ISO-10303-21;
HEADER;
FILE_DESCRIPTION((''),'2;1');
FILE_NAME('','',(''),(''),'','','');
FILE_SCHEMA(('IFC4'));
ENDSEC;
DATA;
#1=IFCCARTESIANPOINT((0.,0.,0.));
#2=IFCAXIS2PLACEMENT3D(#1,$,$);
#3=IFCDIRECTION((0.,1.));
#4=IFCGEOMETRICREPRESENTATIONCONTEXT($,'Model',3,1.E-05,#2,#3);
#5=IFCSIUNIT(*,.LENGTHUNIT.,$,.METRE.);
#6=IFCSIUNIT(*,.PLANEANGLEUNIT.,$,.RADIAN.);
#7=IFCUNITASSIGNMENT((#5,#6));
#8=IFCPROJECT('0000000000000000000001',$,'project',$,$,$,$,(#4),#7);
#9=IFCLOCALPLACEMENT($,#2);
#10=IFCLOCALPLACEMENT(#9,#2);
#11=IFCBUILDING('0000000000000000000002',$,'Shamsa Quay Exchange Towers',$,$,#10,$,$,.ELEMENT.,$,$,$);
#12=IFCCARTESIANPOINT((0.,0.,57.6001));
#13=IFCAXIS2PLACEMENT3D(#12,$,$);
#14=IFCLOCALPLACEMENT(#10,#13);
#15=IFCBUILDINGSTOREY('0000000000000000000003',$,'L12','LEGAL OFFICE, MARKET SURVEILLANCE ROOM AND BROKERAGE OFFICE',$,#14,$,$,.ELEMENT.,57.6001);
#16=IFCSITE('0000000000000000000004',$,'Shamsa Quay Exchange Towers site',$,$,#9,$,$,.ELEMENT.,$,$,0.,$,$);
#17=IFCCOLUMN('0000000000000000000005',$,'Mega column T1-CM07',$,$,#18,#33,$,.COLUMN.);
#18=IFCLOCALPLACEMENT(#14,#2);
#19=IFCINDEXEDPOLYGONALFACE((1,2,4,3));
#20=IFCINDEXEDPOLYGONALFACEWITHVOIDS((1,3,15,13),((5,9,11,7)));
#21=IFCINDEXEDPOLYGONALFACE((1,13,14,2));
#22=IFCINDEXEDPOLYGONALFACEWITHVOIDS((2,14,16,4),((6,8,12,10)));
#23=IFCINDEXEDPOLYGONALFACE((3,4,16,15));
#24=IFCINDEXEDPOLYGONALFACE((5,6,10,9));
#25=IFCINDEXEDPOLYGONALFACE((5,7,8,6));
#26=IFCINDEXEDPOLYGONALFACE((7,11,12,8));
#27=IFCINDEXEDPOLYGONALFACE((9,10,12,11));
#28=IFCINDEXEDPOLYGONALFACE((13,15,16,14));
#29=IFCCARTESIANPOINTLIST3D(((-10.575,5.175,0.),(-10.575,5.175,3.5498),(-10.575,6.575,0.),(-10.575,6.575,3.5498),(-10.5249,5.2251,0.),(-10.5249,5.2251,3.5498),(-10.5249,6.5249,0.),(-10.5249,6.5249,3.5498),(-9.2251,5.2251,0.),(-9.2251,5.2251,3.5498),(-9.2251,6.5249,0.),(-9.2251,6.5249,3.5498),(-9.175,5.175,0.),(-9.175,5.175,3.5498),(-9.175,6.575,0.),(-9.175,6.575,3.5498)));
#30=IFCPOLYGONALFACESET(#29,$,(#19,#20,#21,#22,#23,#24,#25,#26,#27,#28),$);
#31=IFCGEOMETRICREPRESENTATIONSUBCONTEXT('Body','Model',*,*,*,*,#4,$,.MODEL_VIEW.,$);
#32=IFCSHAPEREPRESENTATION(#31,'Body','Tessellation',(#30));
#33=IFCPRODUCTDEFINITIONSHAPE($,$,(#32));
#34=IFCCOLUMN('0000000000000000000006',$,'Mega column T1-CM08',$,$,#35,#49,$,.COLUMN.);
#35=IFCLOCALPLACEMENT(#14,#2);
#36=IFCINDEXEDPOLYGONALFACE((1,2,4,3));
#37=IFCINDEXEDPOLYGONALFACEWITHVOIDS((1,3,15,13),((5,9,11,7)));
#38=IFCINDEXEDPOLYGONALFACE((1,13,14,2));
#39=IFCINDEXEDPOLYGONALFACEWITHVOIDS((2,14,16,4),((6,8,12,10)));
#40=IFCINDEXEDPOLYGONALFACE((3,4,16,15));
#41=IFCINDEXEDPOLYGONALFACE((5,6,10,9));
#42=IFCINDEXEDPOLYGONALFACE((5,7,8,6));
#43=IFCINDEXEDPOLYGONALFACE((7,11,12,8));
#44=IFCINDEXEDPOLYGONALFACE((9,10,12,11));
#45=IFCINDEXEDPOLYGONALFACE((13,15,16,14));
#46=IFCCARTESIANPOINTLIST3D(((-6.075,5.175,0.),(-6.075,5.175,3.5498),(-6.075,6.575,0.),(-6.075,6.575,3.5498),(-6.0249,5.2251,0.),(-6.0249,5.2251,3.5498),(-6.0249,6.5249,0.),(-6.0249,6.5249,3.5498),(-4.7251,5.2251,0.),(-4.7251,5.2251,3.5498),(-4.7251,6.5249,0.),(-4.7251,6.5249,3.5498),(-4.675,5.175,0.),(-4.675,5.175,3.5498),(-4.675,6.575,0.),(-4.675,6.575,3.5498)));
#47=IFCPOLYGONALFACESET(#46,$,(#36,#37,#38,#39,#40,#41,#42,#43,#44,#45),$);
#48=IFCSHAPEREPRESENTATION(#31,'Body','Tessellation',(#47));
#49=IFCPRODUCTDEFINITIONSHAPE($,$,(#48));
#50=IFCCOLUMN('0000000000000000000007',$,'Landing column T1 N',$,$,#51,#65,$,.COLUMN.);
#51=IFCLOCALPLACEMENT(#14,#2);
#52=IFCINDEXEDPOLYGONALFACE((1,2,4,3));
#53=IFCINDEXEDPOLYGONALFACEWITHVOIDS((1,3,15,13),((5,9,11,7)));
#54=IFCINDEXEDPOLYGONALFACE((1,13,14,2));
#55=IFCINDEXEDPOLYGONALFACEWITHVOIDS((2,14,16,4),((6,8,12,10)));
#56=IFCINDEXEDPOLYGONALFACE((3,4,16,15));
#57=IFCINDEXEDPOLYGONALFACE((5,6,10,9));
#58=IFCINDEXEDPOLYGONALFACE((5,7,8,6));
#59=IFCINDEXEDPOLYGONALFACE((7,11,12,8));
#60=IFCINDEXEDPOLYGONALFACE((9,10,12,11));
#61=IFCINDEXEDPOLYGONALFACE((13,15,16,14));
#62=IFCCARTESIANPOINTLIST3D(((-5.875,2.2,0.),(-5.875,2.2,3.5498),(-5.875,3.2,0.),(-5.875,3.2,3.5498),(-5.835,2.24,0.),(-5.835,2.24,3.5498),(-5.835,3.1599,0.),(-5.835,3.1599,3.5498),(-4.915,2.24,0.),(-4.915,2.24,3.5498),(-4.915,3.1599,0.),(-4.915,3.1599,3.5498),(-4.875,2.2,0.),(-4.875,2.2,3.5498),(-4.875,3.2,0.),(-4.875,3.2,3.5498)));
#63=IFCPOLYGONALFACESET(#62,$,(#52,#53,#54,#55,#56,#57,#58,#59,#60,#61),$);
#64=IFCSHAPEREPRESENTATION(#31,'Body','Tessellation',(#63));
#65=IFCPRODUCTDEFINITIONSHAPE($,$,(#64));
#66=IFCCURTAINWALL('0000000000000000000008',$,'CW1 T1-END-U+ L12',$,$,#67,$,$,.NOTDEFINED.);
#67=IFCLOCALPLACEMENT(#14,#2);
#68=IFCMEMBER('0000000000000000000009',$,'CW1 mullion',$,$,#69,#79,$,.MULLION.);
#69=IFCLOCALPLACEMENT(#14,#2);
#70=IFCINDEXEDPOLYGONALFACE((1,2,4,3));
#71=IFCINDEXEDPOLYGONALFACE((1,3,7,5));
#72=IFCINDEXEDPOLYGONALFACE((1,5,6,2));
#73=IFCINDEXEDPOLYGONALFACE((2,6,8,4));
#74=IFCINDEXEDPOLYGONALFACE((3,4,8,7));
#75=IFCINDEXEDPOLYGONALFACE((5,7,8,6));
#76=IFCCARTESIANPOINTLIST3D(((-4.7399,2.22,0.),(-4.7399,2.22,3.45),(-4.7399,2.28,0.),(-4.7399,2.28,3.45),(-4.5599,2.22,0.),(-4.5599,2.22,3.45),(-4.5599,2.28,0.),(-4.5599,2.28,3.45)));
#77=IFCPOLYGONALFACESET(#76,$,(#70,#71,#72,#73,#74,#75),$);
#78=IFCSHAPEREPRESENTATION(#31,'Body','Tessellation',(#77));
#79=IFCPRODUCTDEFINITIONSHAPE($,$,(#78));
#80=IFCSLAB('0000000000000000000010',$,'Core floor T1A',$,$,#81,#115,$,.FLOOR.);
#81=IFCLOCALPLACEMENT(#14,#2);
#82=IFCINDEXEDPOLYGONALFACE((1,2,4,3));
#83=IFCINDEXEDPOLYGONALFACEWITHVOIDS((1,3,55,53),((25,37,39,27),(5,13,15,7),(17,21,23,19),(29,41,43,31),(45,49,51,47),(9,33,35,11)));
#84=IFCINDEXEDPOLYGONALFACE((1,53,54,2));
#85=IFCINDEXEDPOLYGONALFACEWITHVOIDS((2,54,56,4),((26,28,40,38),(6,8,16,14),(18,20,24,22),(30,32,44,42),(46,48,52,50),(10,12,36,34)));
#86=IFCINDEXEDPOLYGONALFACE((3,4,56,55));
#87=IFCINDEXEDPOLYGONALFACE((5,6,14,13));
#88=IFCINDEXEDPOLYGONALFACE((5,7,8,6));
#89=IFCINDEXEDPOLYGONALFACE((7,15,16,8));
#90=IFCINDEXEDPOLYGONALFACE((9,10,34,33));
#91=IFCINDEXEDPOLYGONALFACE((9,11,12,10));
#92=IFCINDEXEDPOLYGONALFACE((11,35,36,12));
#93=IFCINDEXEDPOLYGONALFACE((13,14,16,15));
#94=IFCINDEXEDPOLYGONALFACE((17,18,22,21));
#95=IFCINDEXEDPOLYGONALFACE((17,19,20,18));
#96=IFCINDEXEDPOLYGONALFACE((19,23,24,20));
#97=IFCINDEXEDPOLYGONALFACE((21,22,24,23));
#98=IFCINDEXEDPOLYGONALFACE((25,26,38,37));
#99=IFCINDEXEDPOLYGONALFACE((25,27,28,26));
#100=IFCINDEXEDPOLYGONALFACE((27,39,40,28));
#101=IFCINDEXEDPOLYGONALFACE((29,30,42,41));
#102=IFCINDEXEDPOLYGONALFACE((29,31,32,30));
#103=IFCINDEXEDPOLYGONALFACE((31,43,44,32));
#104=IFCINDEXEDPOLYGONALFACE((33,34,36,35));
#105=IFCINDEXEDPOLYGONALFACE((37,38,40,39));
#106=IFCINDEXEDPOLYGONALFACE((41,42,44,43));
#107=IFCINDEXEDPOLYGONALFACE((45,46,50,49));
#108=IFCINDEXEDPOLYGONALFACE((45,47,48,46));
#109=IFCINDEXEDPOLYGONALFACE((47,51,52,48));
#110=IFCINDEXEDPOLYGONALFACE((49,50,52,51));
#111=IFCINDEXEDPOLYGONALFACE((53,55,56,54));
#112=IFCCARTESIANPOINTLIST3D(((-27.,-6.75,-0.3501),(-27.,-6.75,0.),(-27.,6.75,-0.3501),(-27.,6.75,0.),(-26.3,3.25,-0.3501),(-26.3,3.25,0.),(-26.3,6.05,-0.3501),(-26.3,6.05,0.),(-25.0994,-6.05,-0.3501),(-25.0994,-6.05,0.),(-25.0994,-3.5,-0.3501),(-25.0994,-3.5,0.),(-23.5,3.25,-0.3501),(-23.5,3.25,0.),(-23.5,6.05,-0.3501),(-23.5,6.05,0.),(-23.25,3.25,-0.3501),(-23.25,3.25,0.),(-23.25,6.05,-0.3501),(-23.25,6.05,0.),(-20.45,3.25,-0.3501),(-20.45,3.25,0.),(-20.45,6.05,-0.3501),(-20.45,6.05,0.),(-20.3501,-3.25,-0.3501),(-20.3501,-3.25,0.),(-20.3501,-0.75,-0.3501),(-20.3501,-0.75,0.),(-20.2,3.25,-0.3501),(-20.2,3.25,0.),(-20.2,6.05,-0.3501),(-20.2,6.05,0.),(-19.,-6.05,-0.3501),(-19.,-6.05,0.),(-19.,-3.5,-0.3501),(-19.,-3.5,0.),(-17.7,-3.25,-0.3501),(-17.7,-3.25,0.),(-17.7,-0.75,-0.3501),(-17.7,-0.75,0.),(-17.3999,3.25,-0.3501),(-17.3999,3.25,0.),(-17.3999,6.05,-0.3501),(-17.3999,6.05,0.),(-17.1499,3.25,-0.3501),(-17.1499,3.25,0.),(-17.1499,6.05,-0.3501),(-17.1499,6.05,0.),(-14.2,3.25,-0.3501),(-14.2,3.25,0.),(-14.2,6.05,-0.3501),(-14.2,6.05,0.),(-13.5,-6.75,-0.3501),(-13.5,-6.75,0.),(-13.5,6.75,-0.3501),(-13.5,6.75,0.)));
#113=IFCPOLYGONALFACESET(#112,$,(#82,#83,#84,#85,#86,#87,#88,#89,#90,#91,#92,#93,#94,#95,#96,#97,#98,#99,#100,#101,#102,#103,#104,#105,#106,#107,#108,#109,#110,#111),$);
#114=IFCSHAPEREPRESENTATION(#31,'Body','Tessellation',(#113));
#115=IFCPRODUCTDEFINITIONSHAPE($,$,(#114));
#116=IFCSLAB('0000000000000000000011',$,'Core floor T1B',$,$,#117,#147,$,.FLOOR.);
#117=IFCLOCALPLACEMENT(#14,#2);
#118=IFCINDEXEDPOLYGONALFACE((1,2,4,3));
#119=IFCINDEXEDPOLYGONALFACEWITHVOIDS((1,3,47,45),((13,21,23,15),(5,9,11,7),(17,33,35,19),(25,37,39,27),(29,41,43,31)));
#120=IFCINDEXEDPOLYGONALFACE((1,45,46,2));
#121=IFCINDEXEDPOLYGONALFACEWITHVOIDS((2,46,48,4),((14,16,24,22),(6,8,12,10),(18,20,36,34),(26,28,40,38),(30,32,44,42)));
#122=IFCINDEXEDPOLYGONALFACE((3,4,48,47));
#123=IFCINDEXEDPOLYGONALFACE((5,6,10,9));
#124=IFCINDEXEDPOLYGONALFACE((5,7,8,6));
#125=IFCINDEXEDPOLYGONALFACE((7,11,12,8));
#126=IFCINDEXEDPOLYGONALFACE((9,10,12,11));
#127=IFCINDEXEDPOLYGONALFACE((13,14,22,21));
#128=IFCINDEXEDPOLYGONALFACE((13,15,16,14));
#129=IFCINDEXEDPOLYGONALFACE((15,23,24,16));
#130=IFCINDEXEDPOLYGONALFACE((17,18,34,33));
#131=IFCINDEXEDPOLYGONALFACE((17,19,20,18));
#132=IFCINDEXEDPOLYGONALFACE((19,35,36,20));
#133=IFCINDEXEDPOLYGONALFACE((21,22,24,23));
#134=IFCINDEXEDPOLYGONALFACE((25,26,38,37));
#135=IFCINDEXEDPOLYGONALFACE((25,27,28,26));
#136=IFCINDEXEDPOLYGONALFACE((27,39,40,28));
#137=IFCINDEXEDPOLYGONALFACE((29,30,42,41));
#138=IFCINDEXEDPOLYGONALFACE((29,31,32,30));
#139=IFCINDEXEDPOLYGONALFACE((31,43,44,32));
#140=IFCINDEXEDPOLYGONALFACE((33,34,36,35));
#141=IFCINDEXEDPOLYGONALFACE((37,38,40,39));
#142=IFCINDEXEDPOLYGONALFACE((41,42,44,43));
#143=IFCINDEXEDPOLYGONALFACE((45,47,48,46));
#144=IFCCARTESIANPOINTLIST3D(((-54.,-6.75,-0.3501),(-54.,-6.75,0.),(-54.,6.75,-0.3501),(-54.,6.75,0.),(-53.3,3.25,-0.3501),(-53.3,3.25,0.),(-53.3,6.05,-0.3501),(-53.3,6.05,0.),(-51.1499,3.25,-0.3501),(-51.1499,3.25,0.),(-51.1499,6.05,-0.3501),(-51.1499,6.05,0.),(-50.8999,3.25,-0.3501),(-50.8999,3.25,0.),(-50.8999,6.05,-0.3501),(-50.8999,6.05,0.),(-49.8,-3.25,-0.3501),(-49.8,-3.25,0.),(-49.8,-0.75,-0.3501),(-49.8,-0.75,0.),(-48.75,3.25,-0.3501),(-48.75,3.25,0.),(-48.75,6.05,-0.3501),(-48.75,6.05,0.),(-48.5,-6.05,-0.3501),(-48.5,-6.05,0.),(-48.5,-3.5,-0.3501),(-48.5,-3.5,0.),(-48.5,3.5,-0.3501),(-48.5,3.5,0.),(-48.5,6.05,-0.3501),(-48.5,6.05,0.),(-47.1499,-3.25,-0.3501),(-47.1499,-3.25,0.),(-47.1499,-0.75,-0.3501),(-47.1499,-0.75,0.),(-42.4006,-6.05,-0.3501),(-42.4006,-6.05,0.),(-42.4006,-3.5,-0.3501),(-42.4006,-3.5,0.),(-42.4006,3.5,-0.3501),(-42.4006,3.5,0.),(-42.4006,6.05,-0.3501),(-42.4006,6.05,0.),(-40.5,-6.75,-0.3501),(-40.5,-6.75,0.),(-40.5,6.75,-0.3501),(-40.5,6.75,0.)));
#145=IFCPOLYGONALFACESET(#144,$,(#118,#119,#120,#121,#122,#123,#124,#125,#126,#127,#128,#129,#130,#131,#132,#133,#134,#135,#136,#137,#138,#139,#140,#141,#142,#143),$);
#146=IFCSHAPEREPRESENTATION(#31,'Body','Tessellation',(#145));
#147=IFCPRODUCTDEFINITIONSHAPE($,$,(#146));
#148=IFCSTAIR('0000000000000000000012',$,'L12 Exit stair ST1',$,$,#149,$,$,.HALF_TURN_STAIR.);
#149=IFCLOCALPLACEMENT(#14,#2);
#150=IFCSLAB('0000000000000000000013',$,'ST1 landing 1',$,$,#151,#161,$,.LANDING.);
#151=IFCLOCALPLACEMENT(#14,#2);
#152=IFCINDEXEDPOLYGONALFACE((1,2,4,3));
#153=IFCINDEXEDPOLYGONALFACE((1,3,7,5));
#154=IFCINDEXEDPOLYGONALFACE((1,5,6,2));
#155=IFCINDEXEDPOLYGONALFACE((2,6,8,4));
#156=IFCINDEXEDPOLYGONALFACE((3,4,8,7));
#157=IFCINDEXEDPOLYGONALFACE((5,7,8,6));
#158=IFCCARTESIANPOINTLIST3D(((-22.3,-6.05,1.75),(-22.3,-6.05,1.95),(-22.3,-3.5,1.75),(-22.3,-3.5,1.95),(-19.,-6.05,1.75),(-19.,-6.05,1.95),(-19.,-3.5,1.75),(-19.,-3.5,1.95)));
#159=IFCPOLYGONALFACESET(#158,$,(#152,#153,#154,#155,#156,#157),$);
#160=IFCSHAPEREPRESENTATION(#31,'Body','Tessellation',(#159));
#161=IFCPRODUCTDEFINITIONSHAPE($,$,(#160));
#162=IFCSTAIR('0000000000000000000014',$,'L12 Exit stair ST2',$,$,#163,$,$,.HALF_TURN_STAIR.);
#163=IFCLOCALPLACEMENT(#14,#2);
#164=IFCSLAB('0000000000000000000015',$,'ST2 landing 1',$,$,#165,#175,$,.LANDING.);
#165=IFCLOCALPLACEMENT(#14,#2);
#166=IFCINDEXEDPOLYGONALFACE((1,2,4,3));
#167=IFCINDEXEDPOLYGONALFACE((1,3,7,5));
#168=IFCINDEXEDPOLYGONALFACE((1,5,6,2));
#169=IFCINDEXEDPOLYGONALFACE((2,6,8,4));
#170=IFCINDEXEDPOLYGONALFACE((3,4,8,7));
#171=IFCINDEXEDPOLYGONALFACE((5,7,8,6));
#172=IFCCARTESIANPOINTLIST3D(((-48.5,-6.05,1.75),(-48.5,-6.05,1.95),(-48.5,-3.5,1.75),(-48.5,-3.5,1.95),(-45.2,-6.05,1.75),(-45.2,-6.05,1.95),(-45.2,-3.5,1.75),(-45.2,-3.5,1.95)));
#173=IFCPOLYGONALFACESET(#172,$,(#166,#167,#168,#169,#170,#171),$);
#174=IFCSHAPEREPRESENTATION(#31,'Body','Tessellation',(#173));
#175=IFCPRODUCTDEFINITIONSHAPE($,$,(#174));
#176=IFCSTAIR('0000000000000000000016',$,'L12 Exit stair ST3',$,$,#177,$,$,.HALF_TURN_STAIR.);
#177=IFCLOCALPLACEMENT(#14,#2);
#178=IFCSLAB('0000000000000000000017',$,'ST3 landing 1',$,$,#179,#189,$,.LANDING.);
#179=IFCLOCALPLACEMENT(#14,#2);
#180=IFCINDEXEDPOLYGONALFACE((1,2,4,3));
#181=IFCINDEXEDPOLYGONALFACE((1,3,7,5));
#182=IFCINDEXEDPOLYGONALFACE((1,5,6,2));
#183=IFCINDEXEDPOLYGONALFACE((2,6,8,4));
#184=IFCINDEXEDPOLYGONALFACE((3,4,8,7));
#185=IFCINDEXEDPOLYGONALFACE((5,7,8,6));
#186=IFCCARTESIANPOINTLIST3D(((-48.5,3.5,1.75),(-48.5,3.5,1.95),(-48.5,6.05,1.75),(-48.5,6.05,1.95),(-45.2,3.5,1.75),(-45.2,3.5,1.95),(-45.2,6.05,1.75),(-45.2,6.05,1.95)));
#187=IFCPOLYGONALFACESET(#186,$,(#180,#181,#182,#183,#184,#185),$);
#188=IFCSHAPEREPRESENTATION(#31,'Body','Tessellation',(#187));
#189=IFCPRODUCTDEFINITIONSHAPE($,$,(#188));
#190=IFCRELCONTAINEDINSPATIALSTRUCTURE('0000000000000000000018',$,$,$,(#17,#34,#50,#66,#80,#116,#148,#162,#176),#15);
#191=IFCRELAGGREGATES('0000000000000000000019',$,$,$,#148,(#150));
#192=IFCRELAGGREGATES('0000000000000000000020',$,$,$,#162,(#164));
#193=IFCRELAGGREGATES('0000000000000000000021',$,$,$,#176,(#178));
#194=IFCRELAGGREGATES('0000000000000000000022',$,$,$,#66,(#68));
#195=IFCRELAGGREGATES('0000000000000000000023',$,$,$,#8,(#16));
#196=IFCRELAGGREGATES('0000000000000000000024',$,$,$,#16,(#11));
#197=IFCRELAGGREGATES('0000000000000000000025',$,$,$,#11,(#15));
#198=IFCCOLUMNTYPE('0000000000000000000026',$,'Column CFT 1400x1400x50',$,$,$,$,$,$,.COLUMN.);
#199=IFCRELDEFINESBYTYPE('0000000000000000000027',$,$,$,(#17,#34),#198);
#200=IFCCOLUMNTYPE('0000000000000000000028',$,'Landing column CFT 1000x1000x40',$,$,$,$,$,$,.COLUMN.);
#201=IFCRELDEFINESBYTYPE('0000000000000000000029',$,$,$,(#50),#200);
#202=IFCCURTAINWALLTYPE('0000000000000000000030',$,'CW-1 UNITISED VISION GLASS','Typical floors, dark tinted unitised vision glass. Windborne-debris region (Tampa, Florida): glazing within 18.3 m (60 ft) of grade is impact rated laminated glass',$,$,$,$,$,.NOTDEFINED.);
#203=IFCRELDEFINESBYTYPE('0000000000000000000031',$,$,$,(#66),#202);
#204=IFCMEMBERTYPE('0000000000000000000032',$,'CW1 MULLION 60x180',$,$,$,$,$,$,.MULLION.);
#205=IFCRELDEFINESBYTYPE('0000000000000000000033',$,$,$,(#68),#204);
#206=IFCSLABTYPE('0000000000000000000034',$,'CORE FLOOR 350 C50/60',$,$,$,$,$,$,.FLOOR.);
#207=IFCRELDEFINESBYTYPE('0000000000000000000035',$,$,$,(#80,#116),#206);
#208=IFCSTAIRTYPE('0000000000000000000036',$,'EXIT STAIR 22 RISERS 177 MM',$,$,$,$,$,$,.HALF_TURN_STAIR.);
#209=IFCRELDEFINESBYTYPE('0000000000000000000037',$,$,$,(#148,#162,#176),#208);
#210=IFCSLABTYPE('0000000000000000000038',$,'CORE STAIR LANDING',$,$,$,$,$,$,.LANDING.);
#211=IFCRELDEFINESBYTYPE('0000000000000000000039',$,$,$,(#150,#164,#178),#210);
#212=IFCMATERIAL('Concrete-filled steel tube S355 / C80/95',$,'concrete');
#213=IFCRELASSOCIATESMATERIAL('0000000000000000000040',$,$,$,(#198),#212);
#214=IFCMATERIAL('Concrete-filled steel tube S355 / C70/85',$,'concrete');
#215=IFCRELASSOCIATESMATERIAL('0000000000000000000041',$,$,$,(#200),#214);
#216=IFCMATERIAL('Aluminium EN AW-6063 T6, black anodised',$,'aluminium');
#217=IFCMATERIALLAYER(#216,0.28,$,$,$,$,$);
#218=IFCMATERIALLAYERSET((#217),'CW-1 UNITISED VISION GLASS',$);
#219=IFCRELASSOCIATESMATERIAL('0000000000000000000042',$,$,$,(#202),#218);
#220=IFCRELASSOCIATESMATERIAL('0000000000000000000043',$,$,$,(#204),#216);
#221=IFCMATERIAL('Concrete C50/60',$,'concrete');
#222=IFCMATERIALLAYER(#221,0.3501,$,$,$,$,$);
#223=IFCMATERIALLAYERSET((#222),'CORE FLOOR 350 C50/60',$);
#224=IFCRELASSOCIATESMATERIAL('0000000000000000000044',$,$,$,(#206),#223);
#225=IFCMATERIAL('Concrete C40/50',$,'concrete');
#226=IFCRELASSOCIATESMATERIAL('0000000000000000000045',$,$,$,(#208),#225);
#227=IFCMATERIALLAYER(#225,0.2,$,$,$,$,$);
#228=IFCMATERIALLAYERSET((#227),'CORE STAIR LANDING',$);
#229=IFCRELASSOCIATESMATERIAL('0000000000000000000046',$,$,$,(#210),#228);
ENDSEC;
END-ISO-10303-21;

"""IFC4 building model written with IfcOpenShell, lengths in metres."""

from ifc_helpers import new_model, si_unit, direction, frame, origin, origin_2d, place, context, subcontext, project, spatial, polyline, rectangle, hollow_rectangle, outline, extrude, material, layer, layer_set, material_profile, profile_set, type_object, element, aggregate, save


model = new_model("IFC4")

# Units and contexts
model_context = context("Model", 3, precision=1e-05, world=origin(), true_north=direction((0.0, 1.0)))
body_context = subcontext(model_context, "Body", "Model", "MODEL_VIEW")
ifc_project = project(units=[si_unit("LENGTHUNIT", "METRE"), si_unit("PLANEANGLEUNIT", "RADIAN")], contexts=[model_context])

# Site, building, storey
site_placement = place(None, origin())
site = spatial("IfcSite", under=ifc_project, at=site_placement, Name="Shamsa Quay Exchange Towers site", CompositionType="ELEMENT", RefElevation=0.0)
building_placement = place(site_placement, origin())
building = spatial("IfcBuilding", under=site, at=building_placement, Name="Shamsa Quay Exchange Towers", CompositionType="ELEMENT")
storey_placement = place(building_placement, frame((0.0, 0.0, 57.6001)))
storey = spatial("IfcBuildingStorey", under=building, at=storey_placement, Name="L12", Description="LEGAL OFFICE, MARKET SURVEILLANCE ROOM AND BROKERAGE OFFICE", CompositionType="ELEMENT", Elevation=57.6001)

# Columns
ifc_material_1 = material(Name="Concrete-filled steel tube S355 / C80/95", Category="concrete")
ifc_material_profile_1 = material_profile(ifc_material_1, hollow_rectangle(XDim=1.3999, YDim=1.3999, WallThickness=0.05, at=origin_2d()), Name="CFT 1400x1400x50")
ifc_profile_set_1 = profile_set([ifc_material_profile_1], Name="Concrete-filled steel tube S355 / C80/95")
column_type_1 = type_object("IfcColumnType", Name="Column CFT 1400x1400x50", PredefinedType="COLUMN", material=ifc_profile_set_1)
for number, where, name in (
    (1, (-9.875, 5.875, 0.0), "Mega column T1-CM07"),
    (2, (-5.375, 5.875, 0.0), "Mega column T1-CM08"),
):
    element("IfcColumn", number, at=place(storey_placement, frame(where)), inside=storey, type_object=column_type_1, Name=name, PredefinedType="COLUMN", context=body_context, shape_type="SweptSolid", body=[
        extrude(hollow_rectangle(XDim=1.3999, YDim=1.3999, WallThickness=0.05, at=origin_2d()), origin(), (0.0, 0.0, 1.0), 3.5498),
    ])
ifc_material_2 = material(Name="Concrete-filled steel tube S355 / C70/85", Category="concrete")
ifc_material_profile_2 = material_profile(ifc_material_2, hollow_rectangle(XDim=1.0, YDim=1.0, WallThickness=0.04, at=origin_2d()), Name="CFT 1000x1000x40")
ifc_profile_set_2 = profile_set([ifc_material_profile_2], Name="Concrete-filled steel tube S355 / C70/85")
column_type_2 = type_object("IfcColumnType", Name="Landing column CFT 1000x1000x40", PredefinedType="COLUMN", material=ifc_profile_set_2)
column_placement = place(storey_placement, frame((-5.375, 2.7, 0.0)))
element("IfcColumn", 3, at=column_placement, inside=storey, type_object=column_type_2, Name="Landing column T1 N", PredefinedType="COLUMN", context=body_context, shape_type="SweptSolid", body=[
    extrude(hollow_rectangle(XDim=1.0, YDim=1.0, WallThickness=0.04, at=origin_2d()), origin(), (0.0, 0.0, 1.0), 3.5498),
])

# Curtain wall, member
ifc_material_3 = material(Name="Aluminium EN AW-6063 T6, black anodised", Category="aluminium")
ifc_layer_1 = layer(ifc_material_3, 0.28)
ifc_layer_set_1 = layer_set([ifc_layer_1], Name="CW-1 UNITISED VISION GLASS")
curtain_wall_type_1 = type_object("IfcCurtainWallType", Name="CW-1 UNITISED VISION GLASS", Description="Typical floors, dark tinted unitised vision glass. Windborne-debris region (Tampa, Florida): glazing within 18.3 m (60 ft) of grade is impact rated laminated glass", PredefinedType="NOTDEFINED", material=ifc_layer_set_1)
curtain_wall_1_placement = place(storey_placement, origin())
curtain_wall_1 = element("IfcCurtainWall", 4, at=curtain_wall_1_placement, inside=storey, type_object=curtain_wall_type_1, Name="CW1 T1-END-U+ L12", PredefinedType="NOTDEFINED")
ifc_material_profile_3 = material_profile(ifc_material_3, rectangle(XDim=0.1799, YDim=0.0601, at=origin_2d()), Name="MU60x180")
ifc_profile_set_3 = profile_set([ifc_material_profile_3], Name="Aluminium EN AW-6063 T6, black anodised")
member_type = type_object("IfcMemberType", Name="CW1 MULLION 60x180", PredefinedType="MULLION", material=ifc_profile_set_3)
member_placement = place(storey_placement, frame((-4.6499, 2.25, 0.0), z_axis=(0.0, 0.0, 1.0), x_axis=(-1.0, 0.0, 0.0)))
member = element("IfcMember", 5, at=member_placement, type_object=member_type, Name="CW1 mullion", PredefinedType="MULLION", context=body_context, shape_type="SweptSolid", body=[
    extrude(rectangle(XDim=0.1799, YDim=0.0601, at=origin_2d()), origin(), (0.0, 0.0, 1.0), 3.45),
])

# Slabs
ifc_material_4 = material(Name="Concrete C50/60", Category="concrete")
ifc_layer_2 = layer(ifc_material_4, 0.3501)
ifc_layer_set_2 = layer_set([ifc_layer_2], Name="CORE FLOOR 350 C50/60")
slab_type_1 = type_object("IfcSlabType", Name="CORE FLOOR 350 C50/60", PredefinedType="FLOOR", material=ifc_layer_set_2)
slab_1_placement = place(storey_placement, frame((0.0, 0.0, -0.3501)))
element("IfcSlab", 6, at=slab_1_placement, inside=storey, type_object=slab_type_1, Name="Core floor T1A", PredefinedType="FLOOR", context=body_context, shape_type="SweptSolid", body=[
    extrude(outline(polyline([(-27.0, -6.75), (-13.5, -6.75), (-13.5, 6.75), (-27.0, 6.75), (-27.0, -6.75)]), holes=[polyline([(-25.0994, -6.05), (-25.0994, -3.5), (-19.0, -3.5), (-19.0, -6.05), (-25.0994, -6.05)]), polyline([(-26.3, 3.25), (-26.3, 6.05), (-23.5, 6.05), (-23.5, 3.25), (-26.3, 3.25)]), polyline([(-23.25, 3.25), (-23.25, 6.05), (-20.45, 6.05), (-20.45, 3.25), (-23.25, 3.25)]), polyline([(-20.2, 3.25), (-20.2, 6.05), (-17.3999, 6.05), (-17.3999, 3.25), (-20.2, 3.25)]), polyline([(-17.1499, 3.25), (-17.1499, 6.05), (-14.2, 6.05), (-14.2, 3.25), (-17.1499, 3.25)]), polyline([(-20.3501, -3.25), (-20.3501, -0.75), (-17.7, -0.75), (-17.7, -3.25), (-20.3501, -3.25)])]), origin(), (0.0, 0.0, 1.0), 0.3501),
])
slab_2_placement = place(storey_placement, frame((0.0, 0.0, -0.3501)))
element("IfcSlab", 7, at=slab_2_placement, inside=storey, type_object=slab_type_1, Name="Core floor T1B", PredefinedType="FLOOR", context=body_context, shape_type="SweptSolid", body=[
    extrude(outline(polyline([(-40.5, -6.75), (-40.5, 6.75), (-54.0, 6.75), (-54.0, -6.75), (-40.5, -6.75)]), holes=[polyline([(-42.4006, -3.5), (-42.4006, -6.05), (-48.5, -6.05), (-48.5, -3.5), (-42.4006, -3.5)]), polyline([(-42.4006, 6.05), (-42.4006, 3.5), (-48.5, 3.5), (-48.5, 6.05), (-42.4006, 6.05)]), polyline([(-48.75, 3.25), (-50.8999, 3.25), (-50.8999, 6.05), (-48.75, 6.05), (-48.75, 3.25)]), polyline([(-51.1499, 3.25), (-53.3, 3.25), (-53.3, 6.05), (-51.1499, 6.05), (-51.1499, 3.25)]), polyline([(-47.1499, -3.25), (-49.8, -3.25), (-49.8, -0.75), (-47.1499, -0.75), (-47.1499, -3.25)])]), origin(), (0.0, 0.0, 1.0), 0.3501),
])

# Stairs, slabs
ifc_material_5 = material(Name="Concrete C40/50", Category="concrete")
stair_type = type_object("IfcStairType", Name="EXIT STAIR 22 RISERS 177 MM", PredefinedType="HALF_TURN_STAIR", material=ifc_material_5)
stair_1_placement = place(storey_placement, origin())
stair_1 = element("IfcStair", 8, at=stair_1_placement, inside=storey, type_object=stair_type, Name="L12 Exit stair ST1", PredefinedType="HALF_TURN_STAIR")
ifc_layer_3 = layer(ifc_material_5, 0.2)
ifc_layer_set_3 = layer_set([ifc_layer_3], Name="CORE STAIR LANDING")
slab_type_2 = type_object("IfcSlabType", Name="CORE STAIR LANDING", PredefinedType="LANDING", material=ifc_layer_set_3)
slab_3_placement = place(storey_placement, frame((0.0, 0.0, 1.75)))
slab_3 = element("IfcSlab", 9, at=slab_3_placement, type_object=slab_type_2, Name="ST1 landing 1", PredefinedType="LANDING", context=body_context, shape_type="SweptSolid", body=[
    extrude(outline(polyline([(-22.3, -6.05), (-19.0, -6.05), (-19.0, -3.5), (-22.3, -3.5), (-22.3, -6.05)])), origin(), (0.0, 0.0, 1.0), 0.2),
])
aggregate(stair_1, [slab_3])
stair_2_placement = place(storey_placement, origin())
stair_2 = element("IfcStair", 10, at=stair_2_placement, inside=storey, type_object=stair_type, Name="L12 Exit stair ST2", PredefinedType="HALF_TURN_STAIR")
slab_4_placement = place(storey_placement, frame((0.0, 0.0, 1.75)))
slab_4 = element("IfcSlab", 11, at=slab_4_placement, type_object=slab_type_2, Name="ST2 landing 1", PredefinedType="LANDING", context=body_context, shape_type="SweptSolid", body=[
    extrude(outline(polyline([(-45.2, -3.5), (-48.5, -3.5), (-48.5, -6.05), (-45.2, -6.05), (-45.2, -3.5)])), origin(), (0.0, 0.0, 1.0), 0.2),
])
aggregate(stair_2, [slab_4])
stair_3_placement = place(storey_placement, origin())
stair_3 = element("IfcStair", 12, at=stair_3_placement, inside=storey, type_object=stair_type, Name="L12 Exit stair ST3", PredefinedType="HALF_TURN_STAIR")
slab_5_placement = place(storey_placement, frame((0.0, 0.0, 1.75)))
slab_5 = element("IfcSlab", 13, at=slab_5_placement, type_object=slab_type_2, Name="ST3 landing 1", PredefinedType="LANDING", context=body_context, shape_type="SweptSolid", body=[
    extrude(outline(polyline([(-45.2, 6.05), (-48.5, 6.05), (-48.5, 3.5), (-45.2, 3.5), (-45.2, 6.05)])), origin(), (0.0, 0.0, 1.0), 0.2),
])
aggregate(stair_3, [slab_5])

aggregate(curtain_wall_1, [member])

save(model, "model.ifc")
